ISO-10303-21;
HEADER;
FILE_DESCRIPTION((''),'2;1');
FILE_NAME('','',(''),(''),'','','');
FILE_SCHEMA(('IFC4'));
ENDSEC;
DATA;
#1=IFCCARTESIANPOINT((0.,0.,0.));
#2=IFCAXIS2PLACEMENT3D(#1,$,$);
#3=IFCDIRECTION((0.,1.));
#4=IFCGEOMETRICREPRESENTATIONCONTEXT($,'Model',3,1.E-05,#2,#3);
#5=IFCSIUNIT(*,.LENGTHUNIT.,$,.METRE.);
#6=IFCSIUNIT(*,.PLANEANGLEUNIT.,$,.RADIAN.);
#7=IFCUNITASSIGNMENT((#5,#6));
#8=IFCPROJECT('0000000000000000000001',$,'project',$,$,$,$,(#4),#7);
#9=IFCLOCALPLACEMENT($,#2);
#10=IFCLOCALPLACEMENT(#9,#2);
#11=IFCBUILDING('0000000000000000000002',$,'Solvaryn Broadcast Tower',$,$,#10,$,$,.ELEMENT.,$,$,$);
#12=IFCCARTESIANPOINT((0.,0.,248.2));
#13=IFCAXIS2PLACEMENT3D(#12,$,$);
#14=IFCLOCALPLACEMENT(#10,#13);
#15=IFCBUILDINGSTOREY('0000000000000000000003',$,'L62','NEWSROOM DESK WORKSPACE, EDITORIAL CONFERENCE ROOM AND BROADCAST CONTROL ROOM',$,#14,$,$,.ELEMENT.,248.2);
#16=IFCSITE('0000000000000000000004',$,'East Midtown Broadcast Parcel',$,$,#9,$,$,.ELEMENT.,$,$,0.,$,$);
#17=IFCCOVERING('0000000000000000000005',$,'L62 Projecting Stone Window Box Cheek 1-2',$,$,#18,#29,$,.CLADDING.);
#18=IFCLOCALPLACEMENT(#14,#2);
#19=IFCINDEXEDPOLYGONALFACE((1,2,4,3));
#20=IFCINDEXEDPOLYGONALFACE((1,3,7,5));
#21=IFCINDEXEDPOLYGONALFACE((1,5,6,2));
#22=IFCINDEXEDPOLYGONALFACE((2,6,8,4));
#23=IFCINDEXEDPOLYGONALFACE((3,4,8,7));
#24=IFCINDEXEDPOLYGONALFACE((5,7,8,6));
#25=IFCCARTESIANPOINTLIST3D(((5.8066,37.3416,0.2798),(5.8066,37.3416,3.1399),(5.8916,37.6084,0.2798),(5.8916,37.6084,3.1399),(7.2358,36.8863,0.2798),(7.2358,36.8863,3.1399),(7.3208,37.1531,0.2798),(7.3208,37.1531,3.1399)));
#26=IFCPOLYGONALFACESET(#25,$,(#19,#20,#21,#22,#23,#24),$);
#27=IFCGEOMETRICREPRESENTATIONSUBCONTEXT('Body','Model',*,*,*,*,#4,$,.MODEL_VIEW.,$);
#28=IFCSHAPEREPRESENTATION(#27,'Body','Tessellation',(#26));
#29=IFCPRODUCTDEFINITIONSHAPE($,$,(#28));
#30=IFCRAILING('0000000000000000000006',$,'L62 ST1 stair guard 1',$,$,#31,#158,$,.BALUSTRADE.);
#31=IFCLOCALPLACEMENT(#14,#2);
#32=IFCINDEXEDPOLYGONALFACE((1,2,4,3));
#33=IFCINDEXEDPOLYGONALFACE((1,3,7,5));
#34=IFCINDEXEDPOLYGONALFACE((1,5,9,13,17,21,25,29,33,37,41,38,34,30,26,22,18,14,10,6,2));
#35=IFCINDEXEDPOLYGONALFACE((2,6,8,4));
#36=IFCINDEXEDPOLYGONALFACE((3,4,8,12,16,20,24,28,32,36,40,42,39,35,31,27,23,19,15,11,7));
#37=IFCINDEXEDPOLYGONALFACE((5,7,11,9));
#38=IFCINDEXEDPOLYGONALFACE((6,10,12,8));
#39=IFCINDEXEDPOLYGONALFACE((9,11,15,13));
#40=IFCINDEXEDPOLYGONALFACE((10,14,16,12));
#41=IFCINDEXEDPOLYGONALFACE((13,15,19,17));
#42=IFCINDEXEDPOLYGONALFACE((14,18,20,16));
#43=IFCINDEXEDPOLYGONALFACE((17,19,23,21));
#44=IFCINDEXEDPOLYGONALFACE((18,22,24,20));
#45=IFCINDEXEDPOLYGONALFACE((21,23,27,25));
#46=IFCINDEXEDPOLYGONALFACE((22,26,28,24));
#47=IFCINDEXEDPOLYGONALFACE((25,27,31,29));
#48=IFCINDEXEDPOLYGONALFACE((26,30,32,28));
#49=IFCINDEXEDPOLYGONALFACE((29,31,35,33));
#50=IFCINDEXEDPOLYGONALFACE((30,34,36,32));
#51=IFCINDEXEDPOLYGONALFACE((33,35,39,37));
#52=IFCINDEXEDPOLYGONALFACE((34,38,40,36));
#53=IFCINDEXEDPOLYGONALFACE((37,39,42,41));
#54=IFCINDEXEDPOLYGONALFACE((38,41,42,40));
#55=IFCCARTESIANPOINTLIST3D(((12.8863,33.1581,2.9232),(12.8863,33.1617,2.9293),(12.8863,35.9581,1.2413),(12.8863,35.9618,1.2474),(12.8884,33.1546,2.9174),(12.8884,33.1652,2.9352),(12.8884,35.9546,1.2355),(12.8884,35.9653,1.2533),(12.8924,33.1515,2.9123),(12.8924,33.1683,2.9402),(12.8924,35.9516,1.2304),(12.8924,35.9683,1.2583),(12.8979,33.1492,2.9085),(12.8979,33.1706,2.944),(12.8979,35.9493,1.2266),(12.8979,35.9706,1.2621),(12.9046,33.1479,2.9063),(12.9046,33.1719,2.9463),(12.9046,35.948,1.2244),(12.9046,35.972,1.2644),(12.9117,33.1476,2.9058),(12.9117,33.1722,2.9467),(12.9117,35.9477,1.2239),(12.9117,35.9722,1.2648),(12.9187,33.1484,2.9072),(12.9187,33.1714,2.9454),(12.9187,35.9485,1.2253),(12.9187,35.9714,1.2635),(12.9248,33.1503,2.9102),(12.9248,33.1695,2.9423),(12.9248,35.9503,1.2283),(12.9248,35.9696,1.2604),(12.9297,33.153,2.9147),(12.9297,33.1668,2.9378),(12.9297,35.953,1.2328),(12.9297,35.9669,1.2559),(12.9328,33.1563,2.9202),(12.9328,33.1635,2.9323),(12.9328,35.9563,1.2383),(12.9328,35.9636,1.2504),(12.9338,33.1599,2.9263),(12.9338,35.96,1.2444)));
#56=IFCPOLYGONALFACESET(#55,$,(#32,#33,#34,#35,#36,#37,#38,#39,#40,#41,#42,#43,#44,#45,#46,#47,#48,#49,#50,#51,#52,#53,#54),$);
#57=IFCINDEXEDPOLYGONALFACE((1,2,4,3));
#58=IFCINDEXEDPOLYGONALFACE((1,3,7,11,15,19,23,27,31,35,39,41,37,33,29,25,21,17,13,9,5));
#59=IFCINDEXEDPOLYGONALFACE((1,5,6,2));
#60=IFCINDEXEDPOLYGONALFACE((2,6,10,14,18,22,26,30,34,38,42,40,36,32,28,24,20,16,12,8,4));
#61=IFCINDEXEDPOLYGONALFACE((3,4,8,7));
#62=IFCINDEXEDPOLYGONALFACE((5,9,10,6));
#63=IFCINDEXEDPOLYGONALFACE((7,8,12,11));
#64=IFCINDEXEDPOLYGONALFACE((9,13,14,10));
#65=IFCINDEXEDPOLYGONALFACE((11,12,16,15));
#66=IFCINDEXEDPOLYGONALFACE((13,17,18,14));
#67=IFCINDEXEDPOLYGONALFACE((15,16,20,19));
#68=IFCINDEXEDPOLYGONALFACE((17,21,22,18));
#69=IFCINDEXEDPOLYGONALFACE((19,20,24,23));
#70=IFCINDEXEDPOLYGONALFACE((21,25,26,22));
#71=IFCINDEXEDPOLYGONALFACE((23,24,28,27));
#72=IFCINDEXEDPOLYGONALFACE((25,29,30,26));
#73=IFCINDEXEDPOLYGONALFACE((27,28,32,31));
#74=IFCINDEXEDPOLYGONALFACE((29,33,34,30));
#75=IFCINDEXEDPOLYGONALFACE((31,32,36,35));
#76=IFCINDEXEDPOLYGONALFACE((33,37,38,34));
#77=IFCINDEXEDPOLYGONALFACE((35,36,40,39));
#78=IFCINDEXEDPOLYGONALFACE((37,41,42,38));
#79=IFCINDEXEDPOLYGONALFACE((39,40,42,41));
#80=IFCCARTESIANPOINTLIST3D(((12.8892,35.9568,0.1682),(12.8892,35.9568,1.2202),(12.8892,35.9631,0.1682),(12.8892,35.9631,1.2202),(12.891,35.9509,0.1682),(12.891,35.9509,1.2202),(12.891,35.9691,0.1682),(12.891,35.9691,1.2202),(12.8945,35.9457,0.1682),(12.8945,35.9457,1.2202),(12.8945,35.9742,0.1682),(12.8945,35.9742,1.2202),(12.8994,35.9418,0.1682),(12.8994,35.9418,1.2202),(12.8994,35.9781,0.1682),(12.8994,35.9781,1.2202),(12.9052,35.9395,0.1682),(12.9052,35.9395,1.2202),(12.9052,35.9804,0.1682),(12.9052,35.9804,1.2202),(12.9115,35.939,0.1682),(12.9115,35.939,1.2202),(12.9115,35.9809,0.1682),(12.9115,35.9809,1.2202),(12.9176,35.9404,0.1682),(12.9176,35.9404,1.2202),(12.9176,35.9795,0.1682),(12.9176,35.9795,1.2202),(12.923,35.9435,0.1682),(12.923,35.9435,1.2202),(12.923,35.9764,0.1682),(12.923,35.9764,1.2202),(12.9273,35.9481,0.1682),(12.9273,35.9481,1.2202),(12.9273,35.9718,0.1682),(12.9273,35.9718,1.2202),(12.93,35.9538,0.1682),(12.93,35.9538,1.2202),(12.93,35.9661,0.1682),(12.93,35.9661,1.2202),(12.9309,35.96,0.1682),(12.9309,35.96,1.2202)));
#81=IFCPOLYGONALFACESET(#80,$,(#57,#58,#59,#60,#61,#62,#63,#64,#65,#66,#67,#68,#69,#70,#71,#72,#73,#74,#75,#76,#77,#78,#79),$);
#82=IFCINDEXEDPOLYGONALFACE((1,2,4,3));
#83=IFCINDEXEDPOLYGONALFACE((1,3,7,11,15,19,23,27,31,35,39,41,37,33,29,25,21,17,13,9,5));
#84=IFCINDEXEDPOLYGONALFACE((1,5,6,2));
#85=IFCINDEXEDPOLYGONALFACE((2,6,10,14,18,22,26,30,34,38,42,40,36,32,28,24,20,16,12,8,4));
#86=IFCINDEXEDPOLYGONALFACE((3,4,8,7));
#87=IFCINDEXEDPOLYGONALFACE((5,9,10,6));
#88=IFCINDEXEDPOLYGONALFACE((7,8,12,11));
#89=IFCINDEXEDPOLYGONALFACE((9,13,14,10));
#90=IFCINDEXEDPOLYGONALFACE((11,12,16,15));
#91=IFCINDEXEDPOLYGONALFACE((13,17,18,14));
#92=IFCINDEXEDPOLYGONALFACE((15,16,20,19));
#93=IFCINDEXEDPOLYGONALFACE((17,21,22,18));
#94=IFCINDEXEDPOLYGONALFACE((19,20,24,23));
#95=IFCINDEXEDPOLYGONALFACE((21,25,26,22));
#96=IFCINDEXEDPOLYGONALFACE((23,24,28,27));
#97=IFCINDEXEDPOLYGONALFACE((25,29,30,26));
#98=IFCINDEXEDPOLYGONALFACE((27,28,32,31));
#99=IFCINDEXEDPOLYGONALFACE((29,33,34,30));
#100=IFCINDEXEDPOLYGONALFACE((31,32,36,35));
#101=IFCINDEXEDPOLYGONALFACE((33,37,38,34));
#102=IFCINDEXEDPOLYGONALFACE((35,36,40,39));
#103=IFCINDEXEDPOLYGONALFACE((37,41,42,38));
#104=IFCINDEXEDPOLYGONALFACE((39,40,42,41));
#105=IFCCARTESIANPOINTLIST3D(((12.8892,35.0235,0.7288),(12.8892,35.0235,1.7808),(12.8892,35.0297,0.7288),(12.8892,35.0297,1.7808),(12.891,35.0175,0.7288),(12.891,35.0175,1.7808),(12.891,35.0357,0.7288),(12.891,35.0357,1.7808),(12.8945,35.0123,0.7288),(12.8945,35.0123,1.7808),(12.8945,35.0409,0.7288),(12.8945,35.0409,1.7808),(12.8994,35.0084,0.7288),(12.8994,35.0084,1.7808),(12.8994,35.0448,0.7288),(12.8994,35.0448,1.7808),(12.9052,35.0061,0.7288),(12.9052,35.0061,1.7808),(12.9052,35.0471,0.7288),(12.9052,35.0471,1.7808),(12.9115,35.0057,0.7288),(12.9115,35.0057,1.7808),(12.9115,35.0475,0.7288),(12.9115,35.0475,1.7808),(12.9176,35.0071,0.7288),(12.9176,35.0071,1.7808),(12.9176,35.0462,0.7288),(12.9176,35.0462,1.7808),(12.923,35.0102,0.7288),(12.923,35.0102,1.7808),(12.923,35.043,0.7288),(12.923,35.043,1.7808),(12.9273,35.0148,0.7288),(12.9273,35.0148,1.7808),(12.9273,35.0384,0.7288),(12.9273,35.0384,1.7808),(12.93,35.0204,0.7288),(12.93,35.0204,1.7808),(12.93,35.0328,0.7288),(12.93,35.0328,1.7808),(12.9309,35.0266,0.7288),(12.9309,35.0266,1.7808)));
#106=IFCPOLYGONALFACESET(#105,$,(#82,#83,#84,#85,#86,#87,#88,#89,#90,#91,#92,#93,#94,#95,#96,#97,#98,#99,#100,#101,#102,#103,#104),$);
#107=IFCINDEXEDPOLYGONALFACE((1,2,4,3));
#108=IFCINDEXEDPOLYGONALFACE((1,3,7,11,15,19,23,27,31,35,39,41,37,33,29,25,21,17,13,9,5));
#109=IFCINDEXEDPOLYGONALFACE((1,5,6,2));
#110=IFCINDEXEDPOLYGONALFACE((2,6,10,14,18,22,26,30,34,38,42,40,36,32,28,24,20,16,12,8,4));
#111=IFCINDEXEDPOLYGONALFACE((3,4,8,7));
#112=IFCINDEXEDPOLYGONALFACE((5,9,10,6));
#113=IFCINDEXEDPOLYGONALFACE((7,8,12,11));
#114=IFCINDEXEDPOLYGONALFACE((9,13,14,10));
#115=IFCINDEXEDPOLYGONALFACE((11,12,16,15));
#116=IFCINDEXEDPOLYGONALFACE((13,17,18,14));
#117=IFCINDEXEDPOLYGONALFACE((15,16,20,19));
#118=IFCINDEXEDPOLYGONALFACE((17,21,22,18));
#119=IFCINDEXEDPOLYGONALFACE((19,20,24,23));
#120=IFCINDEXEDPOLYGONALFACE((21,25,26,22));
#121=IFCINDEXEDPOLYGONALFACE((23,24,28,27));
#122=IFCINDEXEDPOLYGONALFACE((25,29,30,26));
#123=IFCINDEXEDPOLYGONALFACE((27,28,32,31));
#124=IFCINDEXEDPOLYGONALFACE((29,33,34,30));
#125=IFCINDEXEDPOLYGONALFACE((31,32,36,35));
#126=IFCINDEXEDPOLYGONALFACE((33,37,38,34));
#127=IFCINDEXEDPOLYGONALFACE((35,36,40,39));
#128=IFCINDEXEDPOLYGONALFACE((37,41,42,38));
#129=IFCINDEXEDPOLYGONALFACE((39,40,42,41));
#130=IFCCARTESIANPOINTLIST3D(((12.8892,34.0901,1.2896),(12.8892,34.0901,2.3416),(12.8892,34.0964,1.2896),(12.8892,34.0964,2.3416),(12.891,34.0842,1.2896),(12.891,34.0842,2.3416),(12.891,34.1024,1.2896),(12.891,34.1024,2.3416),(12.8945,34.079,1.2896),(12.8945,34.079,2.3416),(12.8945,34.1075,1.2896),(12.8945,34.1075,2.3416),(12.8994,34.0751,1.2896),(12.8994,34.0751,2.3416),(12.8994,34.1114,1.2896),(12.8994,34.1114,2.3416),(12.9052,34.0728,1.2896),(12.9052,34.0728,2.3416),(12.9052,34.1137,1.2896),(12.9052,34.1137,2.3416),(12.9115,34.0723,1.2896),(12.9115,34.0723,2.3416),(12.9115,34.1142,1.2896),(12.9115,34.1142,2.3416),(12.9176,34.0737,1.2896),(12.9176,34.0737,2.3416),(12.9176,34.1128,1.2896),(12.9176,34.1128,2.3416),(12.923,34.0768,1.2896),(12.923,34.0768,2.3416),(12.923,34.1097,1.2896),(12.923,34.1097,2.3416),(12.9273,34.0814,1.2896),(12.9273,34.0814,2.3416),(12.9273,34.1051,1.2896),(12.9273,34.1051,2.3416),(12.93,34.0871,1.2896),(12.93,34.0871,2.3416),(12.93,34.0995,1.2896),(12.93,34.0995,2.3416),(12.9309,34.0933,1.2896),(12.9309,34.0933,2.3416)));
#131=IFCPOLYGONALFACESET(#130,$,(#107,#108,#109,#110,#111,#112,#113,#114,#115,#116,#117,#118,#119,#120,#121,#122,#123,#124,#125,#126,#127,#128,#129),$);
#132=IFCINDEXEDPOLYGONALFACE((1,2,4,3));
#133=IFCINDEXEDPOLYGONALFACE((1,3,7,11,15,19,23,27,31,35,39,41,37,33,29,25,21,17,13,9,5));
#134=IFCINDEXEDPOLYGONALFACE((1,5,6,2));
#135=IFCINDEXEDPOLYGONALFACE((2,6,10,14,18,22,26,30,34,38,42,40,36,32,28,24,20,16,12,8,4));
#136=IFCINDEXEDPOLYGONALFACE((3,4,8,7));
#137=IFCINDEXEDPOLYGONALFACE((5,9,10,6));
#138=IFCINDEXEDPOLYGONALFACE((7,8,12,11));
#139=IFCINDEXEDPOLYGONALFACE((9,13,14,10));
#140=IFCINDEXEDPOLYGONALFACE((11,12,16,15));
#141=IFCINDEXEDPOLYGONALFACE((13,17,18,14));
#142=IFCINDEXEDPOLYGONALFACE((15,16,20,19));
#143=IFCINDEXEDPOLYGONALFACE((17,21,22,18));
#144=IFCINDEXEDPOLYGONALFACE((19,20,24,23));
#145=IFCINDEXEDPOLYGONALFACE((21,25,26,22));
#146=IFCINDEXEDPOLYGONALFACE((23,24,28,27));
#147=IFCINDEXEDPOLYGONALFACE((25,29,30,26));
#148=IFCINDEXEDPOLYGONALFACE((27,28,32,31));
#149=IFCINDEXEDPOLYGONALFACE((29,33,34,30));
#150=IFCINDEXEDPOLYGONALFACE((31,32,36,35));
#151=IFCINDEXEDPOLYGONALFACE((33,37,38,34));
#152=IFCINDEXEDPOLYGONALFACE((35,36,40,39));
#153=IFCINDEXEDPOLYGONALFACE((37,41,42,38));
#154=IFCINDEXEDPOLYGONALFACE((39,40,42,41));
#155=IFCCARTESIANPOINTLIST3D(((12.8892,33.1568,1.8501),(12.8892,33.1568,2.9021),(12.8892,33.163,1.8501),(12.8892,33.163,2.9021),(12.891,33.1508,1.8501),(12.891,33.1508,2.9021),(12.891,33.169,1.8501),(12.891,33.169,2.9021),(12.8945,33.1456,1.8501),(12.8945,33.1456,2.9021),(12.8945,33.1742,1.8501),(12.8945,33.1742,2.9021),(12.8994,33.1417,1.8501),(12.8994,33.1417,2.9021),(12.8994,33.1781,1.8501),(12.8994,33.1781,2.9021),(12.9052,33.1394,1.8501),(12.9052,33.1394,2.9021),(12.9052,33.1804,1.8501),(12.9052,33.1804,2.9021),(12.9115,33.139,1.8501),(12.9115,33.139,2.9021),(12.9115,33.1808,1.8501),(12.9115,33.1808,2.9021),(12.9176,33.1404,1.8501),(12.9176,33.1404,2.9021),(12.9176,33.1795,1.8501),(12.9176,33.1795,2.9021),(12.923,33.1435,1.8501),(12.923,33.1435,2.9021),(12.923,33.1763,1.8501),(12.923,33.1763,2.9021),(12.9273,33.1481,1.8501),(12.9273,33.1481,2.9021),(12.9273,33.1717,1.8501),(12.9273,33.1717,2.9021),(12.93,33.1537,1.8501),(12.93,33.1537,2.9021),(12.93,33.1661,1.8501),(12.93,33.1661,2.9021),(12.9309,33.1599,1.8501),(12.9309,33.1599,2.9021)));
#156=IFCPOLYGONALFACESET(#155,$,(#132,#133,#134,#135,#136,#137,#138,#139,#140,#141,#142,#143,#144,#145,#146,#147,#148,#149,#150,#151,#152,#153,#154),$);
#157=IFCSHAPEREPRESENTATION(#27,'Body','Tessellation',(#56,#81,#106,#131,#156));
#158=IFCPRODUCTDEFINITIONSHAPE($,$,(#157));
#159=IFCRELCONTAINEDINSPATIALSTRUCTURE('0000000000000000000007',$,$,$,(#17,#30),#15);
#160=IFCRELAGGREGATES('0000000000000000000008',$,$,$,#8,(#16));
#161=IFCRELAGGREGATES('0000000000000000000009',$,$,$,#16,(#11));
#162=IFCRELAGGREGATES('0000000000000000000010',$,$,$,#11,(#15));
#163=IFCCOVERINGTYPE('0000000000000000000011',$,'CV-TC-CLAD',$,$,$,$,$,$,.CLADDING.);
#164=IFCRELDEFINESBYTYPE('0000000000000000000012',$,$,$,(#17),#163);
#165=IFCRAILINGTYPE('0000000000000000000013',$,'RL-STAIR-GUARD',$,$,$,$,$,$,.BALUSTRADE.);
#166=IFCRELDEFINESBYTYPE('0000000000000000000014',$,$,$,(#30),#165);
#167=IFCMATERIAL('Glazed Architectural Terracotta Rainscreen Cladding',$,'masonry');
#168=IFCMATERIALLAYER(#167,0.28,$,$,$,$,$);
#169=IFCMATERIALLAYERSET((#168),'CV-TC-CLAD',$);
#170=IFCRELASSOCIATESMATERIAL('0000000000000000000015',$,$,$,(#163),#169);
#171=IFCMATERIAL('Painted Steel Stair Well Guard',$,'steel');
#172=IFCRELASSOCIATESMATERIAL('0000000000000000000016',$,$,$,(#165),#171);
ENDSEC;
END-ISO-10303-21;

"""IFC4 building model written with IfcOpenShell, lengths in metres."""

from ifc_helpers import new_model, si_unit, direction, frame, origin, origin_2d, place, context, subcontext, project, spatial, rectangle, circle, extrude, material, layer, layer_set, type_object, element, save


model = new_model("IFC4")

# Units and contexts
model_context = context("Model", 3, precision=1e-05, world=origin(), true_north=direction((0.0, 1.0)))
body_context = subcontext(model_context, "Body", "Model", "MODEL_VIEW")
ifc_project = project(units=[si_unit("LENGTHUNIT", "METRE"), si_unit("PLANEANGLEUNIT", "RADIAN")], contexts=[model_context])

# Site, building, storey
site_placement = place(None, origin())
site = spatial("IfcSite", under=ifc_project, at=site_placement, Name="East Midtown Broadcast Parcel", CompositionType="ELEMENT", RefElevation=0.0)
building_placement = place(site_placement, origin())
building = spatial("IfcBuilding", under=site, at=building_placement, Name="Solvaryn Broadcast Tower", CompositionType="ELEMENT")
storey_placement = place(building_placement, frame((0.0, 0.0, 248.2)))
storey = spatial("IfcBuildingStorey", under=building, at=storey_placement, Name="L62", Description="NEWSROOM DESK WORKSPACE, EDITORIAL CONFERENCE ROOM AND BROADCAST CONTROL ROOM", CompositionType="ELEMENT", Elevation=248.2)

# Covering
ifc_material_1 = material(Name="Glazed Architectural Terracotta Rainscreen Cladding", Category="masonry")
ifc_layer_1 = layer(ifc_material_1, 0.28)
ifc_layer_set_1 = layer_set([ifc_layer_1], Name="CV-TC-CLAD")
covering_type = type_object("IfcCoveringType", Name="CV-TC-CLAD", PredefinedType="CLADDING", material=ifc_layer_set_1)
covering_placement = place(storey_placement, frame((6.5637, 37.2473, 0.2798), z_axis=(0.0, 0.0, 1.0), x_axis=(-0.303534, -0.952821, 0.0)))
element("IfcCovering", 1, at=covering_placement, inside=storey, type_object=covering_type, Name="L62 Projecting Stone Window Box Cheek 1-2", PredefinedType="CLADDING", context=body_context, shape_type="SweptSolid", body=[
    extrude(rectangle(XDim=0.28, YDim=1.5, at=origin_2d()), origin(), (0.0, 0.0, 1.0), 2.8601),
])

# Railing
ifc_material_2 = material(Name="Painted Steel Stair Well Guard", Category="steel")
railing_type_1 = type_object("IfcRailingType", Name="RL-STAIR-GUARD", PredefinedType="BALUSTRADE", material=ifc_material_2)
railing_1_placement = place(storey_placement, frame((12.9099, 35.96, 0.1682)))
element("IfcRailing", 2, at=railing_1_placement, inside=storey, type_object=railing_type_1, Name="L62 ST1 stair guard 1", PredefinedType="BALUSTRADE", context=body_context, shape_type="SweptSolid", body=[
    extrude(circle(Radius=0.0239, at=origin_2d()), frame((0.0, 0.0, 1.0762), z_axis=(0.0, -0.857242, 0.514913), x_axis=(1.0, 0.0, 0.0)), (0.0, 0.0, 1.0), 3.2664),
    extrude(circle(Radius=0.021, at=origin_2d()), origin(), (0.0, 0.0, 1.0), 1.052),
    extrude(circle(Radius=0.021, at=origin_2d()), frame((0.0, -0.9333, 0.5605)), (0.0, 0.0, 1.0), 1.052),
    extrude(circle(Radius=0.021, at=origin_2d()), frame((0.0, -1.8667, 1.1213)), (0.0, 0.0, 1.0), 1.052),
    extrude(circle(Radius=0.021, at=origin_2d()), frame((0.0, -2.8, 1.6819)), (0.0, 0.0, 1.0), 1.052),
])

save(model, "model.ifc")
